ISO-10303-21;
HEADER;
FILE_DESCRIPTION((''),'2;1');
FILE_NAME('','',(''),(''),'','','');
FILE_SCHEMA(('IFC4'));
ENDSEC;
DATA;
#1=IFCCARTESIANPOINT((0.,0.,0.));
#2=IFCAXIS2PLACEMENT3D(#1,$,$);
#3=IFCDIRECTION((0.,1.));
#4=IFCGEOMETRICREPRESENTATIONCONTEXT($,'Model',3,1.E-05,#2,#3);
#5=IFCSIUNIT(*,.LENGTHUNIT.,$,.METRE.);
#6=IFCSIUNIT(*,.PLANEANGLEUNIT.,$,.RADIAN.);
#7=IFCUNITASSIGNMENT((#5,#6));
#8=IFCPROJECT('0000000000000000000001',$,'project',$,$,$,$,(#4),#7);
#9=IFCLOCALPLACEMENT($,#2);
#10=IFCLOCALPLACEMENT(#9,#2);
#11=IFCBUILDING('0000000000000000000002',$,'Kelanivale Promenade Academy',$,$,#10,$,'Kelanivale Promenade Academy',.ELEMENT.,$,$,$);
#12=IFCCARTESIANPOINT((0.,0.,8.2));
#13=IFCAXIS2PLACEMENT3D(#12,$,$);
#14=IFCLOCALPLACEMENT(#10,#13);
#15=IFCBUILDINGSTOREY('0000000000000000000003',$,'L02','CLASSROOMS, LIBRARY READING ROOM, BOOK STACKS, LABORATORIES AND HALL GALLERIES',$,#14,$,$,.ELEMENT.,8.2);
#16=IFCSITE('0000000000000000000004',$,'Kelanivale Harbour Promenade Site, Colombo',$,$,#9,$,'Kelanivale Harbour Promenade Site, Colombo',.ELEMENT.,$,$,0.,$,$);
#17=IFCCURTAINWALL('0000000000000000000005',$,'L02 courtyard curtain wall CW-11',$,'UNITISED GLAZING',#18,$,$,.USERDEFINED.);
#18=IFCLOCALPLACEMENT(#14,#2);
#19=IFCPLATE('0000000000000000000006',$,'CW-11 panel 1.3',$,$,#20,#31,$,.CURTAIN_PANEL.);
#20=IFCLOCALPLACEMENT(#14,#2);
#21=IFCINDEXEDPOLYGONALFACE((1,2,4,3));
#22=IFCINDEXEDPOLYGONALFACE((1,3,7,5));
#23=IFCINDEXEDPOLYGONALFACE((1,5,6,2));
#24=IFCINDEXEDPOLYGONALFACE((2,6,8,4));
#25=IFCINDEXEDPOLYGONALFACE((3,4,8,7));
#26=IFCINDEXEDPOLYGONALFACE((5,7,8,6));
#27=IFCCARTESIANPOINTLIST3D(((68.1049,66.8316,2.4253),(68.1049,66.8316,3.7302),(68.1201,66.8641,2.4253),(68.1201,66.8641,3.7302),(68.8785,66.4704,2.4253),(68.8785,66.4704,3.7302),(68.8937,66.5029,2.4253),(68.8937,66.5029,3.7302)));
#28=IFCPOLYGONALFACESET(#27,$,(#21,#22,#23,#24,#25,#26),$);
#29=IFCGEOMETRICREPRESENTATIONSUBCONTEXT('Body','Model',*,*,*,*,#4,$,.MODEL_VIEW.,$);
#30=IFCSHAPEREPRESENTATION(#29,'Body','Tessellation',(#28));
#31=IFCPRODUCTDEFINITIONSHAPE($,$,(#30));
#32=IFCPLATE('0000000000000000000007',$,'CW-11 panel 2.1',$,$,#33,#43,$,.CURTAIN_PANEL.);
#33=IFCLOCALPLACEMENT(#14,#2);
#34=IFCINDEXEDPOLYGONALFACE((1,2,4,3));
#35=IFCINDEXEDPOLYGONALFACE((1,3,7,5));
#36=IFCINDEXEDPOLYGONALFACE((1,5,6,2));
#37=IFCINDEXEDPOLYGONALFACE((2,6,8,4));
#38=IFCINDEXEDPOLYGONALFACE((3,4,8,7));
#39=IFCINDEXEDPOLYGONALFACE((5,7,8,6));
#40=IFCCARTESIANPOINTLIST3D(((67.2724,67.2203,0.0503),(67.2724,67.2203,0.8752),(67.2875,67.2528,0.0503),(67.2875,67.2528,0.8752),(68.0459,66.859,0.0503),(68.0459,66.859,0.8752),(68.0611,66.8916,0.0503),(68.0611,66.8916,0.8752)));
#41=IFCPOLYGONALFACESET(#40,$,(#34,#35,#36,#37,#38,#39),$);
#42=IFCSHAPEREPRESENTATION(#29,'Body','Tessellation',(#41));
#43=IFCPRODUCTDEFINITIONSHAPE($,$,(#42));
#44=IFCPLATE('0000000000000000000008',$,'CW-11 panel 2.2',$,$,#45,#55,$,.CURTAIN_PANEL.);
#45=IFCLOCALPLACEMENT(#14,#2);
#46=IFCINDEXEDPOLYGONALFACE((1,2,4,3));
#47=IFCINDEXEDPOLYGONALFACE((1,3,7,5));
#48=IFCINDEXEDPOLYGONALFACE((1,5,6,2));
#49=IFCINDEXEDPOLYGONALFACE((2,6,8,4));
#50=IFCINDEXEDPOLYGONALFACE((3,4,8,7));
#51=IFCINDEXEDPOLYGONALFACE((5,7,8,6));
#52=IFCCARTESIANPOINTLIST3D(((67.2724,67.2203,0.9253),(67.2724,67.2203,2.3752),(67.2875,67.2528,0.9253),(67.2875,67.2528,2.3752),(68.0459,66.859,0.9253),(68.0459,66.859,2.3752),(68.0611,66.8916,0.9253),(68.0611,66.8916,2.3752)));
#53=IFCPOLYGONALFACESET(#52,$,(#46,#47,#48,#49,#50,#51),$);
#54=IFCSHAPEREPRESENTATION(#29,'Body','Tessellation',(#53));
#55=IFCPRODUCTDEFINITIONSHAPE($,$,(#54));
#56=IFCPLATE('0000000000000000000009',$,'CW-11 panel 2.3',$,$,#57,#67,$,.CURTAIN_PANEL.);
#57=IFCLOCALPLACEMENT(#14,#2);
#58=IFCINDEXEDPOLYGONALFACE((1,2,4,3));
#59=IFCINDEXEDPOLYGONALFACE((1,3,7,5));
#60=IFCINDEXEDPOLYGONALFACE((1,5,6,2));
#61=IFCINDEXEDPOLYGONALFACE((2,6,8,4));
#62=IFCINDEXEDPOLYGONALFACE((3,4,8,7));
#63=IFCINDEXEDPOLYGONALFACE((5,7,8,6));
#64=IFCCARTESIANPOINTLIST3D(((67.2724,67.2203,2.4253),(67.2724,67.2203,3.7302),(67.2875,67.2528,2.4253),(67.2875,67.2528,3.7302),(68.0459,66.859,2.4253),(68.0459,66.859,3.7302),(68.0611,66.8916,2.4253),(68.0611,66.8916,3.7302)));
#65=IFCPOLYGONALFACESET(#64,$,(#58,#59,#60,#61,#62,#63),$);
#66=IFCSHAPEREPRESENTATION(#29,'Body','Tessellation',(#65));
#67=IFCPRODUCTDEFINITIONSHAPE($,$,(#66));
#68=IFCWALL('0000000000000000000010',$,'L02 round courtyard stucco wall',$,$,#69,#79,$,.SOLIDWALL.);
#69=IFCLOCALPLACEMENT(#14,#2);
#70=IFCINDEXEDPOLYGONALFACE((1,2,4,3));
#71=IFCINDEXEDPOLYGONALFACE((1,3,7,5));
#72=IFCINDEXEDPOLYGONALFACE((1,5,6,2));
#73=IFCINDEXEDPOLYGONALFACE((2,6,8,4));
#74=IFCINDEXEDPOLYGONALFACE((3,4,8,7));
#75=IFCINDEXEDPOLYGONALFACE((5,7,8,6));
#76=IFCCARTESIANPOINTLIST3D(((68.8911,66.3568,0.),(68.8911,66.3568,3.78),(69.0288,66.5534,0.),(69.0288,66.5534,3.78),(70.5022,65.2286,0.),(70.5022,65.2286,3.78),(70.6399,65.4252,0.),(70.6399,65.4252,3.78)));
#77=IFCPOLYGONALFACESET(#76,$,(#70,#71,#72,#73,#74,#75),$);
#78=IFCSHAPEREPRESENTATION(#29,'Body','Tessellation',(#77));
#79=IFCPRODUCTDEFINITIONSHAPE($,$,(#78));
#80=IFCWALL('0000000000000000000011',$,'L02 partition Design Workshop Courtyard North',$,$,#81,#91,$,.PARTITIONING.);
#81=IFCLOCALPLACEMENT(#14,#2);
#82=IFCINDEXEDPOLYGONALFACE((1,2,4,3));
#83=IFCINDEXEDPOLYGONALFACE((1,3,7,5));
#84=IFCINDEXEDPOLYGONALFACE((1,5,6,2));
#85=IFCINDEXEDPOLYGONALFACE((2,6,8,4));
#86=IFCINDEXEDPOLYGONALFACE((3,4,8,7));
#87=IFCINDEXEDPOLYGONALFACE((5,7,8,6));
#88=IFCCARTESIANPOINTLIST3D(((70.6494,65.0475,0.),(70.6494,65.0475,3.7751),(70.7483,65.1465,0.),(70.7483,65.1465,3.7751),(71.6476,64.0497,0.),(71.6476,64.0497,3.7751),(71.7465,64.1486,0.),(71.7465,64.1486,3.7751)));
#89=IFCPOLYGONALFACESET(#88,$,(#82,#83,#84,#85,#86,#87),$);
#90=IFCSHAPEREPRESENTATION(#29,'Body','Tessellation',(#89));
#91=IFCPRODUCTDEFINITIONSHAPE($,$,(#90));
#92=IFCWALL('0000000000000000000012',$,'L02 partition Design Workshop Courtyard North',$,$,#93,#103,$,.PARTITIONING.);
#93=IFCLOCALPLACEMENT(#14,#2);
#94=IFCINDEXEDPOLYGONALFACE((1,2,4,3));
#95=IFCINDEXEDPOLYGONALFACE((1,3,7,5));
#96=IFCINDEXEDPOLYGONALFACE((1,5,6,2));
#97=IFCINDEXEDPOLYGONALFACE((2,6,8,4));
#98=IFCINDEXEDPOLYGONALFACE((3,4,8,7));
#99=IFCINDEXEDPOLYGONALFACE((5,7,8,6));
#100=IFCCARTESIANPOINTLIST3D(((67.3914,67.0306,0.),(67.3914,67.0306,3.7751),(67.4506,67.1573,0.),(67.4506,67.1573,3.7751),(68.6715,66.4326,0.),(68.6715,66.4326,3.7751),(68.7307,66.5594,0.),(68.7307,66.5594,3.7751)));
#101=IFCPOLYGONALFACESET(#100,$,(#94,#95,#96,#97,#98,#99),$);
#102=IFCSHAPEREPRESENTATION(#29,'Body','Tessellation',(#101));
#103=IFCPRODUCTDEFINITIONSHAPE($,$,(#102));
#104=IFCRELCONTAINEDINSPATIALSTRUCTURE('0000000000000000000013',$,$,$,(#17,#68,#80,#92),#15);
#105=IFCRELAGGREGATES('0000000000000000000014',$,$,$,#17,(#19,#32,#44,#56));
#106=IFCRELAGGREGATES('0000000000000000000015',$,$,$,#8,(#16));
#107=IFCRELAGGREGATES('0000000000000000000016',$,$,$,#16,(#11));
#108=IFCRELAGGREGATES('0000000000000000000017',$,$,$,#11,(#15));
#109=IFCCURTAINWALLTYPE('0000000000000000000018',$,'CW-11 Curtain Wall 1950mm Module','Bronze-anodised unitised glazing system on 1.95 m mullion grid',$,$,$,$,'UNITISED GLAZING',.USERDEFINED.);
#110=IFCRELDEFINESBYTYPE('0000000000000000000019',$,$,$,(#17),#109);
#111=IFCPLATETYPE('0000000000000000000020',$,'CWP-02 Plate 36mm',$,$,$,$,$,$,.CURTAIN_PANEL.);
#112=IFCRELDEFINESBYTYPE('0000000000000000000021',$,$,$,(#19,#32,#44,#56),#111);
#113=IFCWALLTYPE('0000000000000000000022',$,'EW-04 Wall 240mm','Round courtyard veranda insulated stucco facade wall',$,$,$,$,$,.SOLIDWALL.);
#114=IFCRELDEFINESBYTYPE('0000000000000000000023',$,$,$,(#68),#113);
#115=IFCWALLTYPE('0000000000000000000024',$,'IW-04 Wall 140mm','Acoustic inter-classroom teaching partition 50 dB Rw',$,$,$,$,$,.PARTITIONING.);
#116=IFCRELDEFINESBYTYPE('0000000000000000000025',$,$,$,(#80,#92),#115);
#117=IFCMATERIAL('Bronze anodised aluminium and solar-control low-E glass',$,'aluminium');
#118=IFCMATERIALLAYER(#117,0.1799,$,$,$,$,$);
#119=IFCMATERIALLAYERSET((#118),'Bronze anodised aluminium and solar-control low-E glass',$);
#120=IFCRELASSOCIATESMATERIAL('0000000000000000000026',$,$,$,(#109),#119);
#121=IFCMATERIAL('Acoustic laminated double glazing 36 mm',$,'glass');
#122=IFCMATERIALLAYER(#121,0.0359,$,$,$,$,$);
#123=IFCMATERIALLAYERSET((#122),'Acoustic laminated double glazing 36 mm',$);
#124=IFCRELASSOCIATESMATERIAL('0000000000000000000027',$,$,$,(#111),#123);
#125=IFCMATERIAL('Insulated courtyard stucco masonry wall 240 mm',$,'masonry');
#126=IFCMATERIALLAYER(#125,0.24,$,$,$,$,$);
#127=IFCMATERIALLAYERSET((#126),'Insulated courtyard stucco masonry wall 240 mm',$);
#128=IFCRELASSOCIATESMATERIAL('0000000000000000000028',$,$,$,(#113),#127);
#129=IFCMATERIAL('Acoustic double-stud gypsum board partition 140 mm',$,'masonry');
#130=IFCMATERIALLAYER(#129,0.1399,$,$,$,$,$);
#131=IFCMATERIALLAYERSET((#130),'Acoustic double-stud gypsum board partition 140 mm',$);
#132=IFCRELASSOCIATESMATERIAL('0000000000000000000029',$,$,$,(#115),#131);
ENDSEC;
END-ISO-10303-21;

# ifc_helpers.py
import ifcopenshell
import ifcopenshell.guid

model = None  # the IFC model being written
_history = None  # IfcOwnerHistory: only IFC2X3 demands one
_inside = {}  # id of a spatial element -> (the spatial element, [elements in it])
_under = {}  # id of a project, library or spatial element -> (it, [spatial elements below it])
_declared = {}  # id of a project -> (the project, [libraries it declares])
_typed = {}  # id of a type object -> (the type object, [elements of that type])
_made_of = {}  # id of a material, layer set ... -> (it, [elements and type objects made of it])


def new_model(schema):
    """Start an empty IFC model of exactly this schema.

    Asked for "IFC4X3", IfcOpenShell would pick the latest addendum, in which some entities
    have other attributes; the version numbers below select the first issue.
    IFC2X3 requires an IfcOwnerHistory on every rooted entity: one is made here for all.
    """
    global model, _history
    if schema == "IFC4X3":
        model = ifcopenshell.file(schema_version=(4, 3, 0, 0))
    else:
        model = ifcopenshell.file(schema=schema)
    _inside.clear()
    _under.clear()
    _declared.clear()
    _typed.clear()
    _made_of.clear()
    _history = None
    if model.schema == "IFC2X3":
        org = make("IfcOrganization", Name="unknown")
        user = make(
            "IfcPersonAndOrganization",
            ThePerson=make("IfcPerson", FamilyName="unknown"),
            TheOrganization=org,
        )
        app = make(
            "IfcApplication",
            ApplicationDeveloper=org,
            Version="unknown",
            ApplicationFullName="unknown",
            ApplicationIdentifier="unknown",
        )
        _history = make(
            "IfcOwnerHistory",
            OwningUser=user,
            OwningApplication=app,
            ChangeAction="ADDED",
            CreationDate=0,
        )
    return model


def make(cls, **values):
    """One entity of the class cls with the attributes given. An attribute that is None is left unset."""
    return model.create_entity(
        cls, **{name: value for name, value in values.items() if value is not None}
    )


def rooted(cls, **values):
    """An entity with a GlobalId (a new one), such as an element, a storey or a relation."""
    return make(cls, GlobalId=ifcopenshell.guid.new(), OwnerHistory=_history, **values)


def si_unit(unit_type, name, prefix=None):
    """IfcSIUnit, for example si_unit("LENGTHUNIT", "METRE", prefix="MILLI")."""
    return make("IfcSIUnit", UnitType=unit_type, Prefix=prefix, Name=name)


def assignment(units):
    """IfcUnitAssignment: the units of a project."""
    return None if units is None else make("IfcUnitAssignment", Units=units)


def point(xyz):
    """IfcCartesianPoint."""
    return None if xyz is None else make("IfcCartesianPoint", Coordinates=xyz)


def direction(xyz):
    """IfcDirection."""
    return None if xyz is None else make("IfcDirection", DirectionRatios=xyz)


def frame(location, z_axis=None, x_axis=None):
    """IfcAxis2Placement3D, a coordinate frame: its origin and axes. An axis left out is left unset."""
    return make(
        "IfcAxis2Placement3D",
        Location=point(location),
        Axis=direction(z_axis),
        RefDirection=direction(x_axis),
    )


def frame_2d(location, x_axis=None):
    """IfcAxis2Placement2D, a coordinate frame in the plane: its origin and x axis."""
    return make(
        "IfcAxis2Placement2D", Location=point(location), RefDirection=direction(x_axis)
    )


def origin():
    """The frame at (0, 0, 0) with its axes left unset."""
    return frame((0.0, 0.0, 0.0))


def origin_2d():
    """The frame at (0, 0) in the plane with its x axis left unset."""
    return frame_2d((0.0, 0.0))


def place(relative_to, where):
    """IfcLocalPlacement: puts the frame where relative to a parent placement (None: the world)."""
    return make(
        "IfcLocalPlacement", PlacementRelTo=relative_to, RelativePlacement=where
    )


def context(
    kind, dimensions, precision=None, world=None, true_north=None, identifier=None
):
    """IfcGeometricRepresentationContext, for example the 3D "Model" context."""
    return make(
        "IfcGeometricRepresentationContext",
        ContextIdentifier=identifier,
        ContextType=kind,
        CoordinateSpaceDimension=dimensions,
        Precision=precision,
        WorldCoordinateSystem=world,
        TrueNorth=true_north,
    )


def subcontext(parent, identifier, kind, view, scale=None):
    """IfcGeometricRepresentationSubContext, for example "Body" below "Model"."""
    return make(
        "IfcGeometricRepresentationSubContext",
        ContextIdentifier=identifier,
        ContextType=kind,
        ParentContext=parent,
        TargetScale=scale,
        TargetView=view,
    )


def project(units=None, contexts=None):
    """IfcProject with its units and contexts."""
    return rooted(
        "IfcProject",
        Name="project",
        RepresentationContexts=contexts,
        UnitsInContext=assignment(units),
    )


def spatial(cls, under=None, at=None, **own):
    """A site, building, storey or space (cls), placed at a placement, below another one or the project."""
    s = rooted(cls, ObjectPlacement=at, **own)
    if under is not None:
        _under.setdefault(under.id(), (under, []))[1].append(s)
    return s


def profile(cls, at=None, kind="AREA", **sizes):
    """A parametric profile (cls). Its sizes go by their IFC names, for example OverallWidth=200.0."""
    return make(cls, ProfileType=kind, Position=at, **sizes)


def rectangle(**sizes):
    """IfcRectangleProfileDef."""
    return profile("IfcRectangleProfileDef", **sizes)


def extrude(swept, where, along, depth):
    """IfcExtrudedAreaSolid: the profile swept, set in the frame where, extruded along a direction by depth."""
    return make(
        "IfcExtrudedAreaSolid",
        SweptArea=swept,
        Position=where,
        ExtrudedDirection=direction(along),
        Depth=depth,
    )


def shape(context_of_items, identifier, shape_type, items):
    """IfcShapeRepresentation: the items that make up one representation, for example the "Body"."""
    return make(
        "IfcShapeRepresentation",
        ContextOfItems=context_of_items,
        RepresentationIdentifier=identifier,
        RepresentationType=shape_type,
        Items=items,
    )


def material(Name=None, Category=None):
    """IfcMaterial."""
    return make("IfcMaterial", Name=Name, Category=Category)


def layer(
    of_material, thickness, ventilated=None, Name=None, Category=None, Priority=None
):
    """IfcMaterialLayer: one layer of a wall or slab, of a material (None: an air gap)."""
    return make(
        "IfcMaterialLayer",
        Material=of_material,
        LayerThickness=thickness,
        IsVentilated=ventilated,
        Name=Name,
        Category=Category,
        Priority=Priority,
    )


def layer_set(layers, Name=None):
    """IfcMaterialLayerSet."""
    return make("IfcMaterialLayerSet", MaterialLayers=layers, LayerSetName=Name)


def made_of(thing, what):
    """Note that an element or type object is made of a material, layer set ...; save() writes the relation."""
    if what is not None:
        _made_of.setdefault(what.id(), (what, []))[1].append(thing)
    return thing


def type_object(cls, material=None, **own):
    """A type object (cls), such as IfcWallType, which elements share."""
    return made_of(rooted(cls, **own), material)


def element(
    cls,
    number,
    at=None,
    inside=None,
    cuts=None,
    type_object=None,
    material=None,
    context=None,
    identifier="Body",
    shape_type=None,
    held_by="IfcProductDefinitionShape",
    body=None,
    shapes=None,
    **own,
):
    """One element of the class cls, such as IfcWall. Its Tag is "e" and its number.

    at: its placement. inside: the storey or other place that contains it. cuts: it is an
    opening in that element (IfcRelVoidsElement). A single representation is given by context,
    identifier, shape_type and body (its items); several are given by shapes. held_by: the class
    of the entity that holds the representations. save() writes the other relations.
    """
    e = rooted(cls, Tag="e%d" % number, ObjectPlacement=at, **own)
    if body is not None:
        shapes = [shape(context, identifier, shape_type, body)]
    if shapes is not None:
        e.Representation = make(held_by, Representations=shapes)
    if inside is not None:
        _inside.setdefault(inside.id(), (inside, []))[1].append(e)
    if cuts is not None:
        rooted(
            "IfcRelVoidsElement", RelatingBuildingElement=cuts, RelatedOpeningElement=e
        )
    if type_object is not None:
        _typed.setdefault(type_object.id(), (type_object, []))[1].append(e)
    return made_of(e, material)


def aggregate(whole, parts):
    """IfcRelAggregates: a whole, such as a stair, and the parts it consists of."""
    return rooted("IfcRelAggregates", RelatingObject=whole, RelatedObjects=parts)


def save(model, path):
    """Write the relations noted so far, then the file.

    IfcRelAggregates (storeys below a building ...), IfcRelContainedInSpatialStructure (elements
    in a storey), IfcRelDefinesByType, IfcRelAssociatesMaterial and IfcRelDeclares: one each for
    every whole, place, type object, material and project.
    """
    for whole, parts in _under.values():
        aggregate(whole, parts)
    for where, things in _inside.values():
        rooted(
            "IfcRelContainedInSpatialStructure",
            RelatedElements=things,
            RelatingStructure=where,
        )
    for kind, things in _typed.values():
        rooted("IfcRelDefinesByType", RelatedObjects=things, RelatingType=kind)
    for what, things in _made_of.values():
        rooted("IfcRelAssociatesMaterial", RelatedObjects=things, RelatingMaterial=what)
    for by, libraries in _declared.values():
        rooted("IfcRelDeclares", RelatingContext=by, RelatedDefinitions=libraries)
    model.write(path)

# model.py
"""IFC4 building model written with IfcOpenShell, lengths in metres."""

from ifc_helpers import new_model, si_unit, direction, frame, frame_2d, origin, origin_2d, place, context, subcontext, project, spatial, rectangle, extrude, material, layer, layer_set, type_object, element, aggregate, save


model = new_model("IFC4")

# Units and contexts
model_context = context("Model", 3, precision=1e-05, world=origin(), true_north=direction((0.0, 1.0)))
body_context = subcontext(model_context, "Body", "Model", "MODEL_VIEW")
ifc_project = project(units=[si_unit("LENGTHUNIT", "METRE"), si_unit("PLANEANGLEUNIT", "RADIAN")], contexts=[model_context])

# Site, building, storey
site_placement = place(None, origin())
site = spatial("IfcSite", under=ifc_project, at=site_placement, Name="Kelanivale Harbour Promenade Site, Colombo", LongName="Kelanivale Harbour Promenade Site, Colombo", CompositionType="ELEMENT", RefElevation=0.0)
building_placement = place(site_placement, origin())
building = spatial("IfcBuilding", under=site, at=building_placement, Name="Kelanivale Promenade Academy", LongName="Kelanivale Promenade Academy", CompositionType="ELEMENT")
storey_placement = place(building_placement, frame((0.0, 0.0, 8.2)))
storey = spatial("IfcBuildingStorey", under=building, at=storey_placement, Name="L02", Description="CLASSROOMS, LIBRARY READING ROOM, BOOK STACKS, LABORATORIES AND HALL GALLERIES", CompositionType="ELEMENT", Elevation=8.2)

# Curtain wall
ifc_material_1 = material(Name="Bronze anodised aluminium and solar-control low-E glass", Category="aluminium")
ifc_layer_1 = layer(ifc_material_1, 0.1799)
ifc_layer_set_1 = layer_set([ifc_layer_1], Name="Bronze anodised aluminium and solar-control low-E glass")
curtain_wall_type_1 = type_object("IfcCurtainWallType", Name="CW-11 Curtain Wall 1950mm Module", Description="Bronze-anodised unitised glazing system on 1.95 m mullion grid", ElementType="UNITISED GLAZING", PredefinedType="USERDEFINED", material=ifc_layer_set_1)
curtain_wall_1_placement = place(storey_placement, origin())
curtain_wall_1 = element("IfcCurtainWall", 1, at=curtain_wall_1_placement, inside=storey, type_object=curtain_wall_type_1, Name="L02 courtyard curtain wall CW-11", ObjectType="UNITISED GLAZING", PredefinedType="USERDEFINED")

# Plates
ifc_material_2 = material(Name="Acoustic laminated double glazing 36 mm", Category="glass")
ifc_layer_2 = layer(ifc_material_2, 0.0359)
ifc_layer_set_2 = layer_set([ifc_layer_2], Name="Acoustic laminated double glazing 36 mm")
plate_type_1 = type_object("IfcPlateType", Name="CWP-02 Plate 36mm", PredefinedType="CURTAIN_PANEL", material=ifc_layer_set_2)
plate_1_placement = place(storey_placement, frame((68.4993, 66.6672, 2.4253), z_axis=(0.0, 0.0, 1.0), x_axis=(-0.906089, 0.423087, 0.0)))
plate_1 = element("IfcPlate", 2, at=plate_1_placement, type_object=plate_type_1, Name="CW-11 panel 1.3", PredefinedType="CURTAIN_PANEL", context=body_context, shape_type="SweptSolid", body=[
    extrude(rectangle(XDim=0.8538, YDim=0.0359, at=origin_2d()), origin(), (0.0, 0.0, 1.0), 1.3049),
])
plate_2_placement = place(storey_placement, frame((67.6667, 67.0559, 0.0503), z_axis=(0.0, 0.0, 1.0), x_axis=(-0.906089, 0.423087, 0.0)))
plate_2 = element("IfcPlate", 3, at=plate_2_placement, type_object=plate_type_1, Name="CW-11 panel 2.1", PredefinedType="CURTAIN_PANEL", context=body_context, shape_type="SweptSolid", body=[
    extrude(rectangle(XDim=0.8538, YDim=0.0359, at=origin_2d()), origin(), (0.0, 0.0, 1.0), 0.825),
])
plate_3_placement = place(storey_placement, frame((67.6667, 67.0559, 0.9253), z_axis=(0.0, 0.0, 1.0), x_axis=(-0.906089, 0.423087, 0.0)))
plate_3 = element("IfcPlate", 4, at=plate_3_placement, type_object=plate_type_1, Name="CW-11 panel 2.2", PredefinedType="CURTAIN_PANEL", context=body_context, shape_type="SweptSolid", body=[
    extrude(rectangle(XDim=0.8538, YDim=0.0359, at=origin_2d()), origin(), (0.0, 0.0, 1.0), 1.45),
])
plate_4_placement = place(storey_placement, frame((67.6667, 67.0559, 2.4253), z_axis=(0.0, 0.0, 1.0), x_axis=(-0.906089, 0.423087, 0.0)))
plate_4 = element("IfcPlate", 5, at=plate_4_placement, type_object=plate_type_1, Name="CW-11 panel 2.3", PredefinedType="CURTAIN_PANEL", context=body_context, shape_type="SweptSolid", body=[
    extrude(rectangle(XDim=0.8538, YDim=0.0359, at=origin_2d()), origin(), (0.0, 0.0, 1.0), 1.3049),
])
aggregate(curtain_wall_1, [plate_1, plate_2, plate_3, plate_4])

# Walls
ifc_material_3 = material(Name="Insulated courtyard stucco masonry wall 240 mm", Category="masonry")
ifc_layer_3 = layer(ifc_material_3, 0.24)
ifc_layer_set_3 = layer_set([ifc_layer_3], Name="Insulated courtyard stucco masonry wall 240 mm")
wall_type_1 = type_object("IfcWallType", Name="EW-04 Wall 240mm", Description="Round courtyard veranda insulated stucco facade wall", PredefinedType="SOLIDWALL", material=ifc_layer_set_3)
wall_1_placement = place(storey_placement, frame((70.571, 65.3269, 0.0), z_axis=(0.0, 0.0, 1.0), x_axis=(-0.819133, 0.573604, 0.0)))
element("IfcWall", 6, at=wall_1_placement, inside=storey, type_object=wall_type_1, Name="L02 round courtyard stucco wall", PredefinedType="SOLIDWALL", context=body_context, shape_type="SweptSolid", body=[
    extrude(rectangle(XDim=1.9668, YDim=0.24, at=frame_2d((0.9834, 0.0))), origin(), (0.0, 0.0, 1.0), 3.78),
])
ifc_material_4 = material(Name="Acoustic double-stud gypsum board partition 140 mm", Category="masonry")
ifc_layer_4 = layer(ifc_material_4, 0.1399)
ifc_layer_set_4 = layer_set([ifc_layer_4], Name="Acoustic double-stud gypsum board partition 140 mm")
wall_type_2 = type_object("IfcWallType", Name="IW-04 Wall 140mm", Description="Acoustic inter-classroom teaching partition 50 dB Rw", PredefinedType="PARTITIONING", material=ifc_layer_set_4)
wall_2_placement = place(storey_placement, frame((70.699, 65.0969, 0.0), z_axis=(0.0, 0.0, 1.0), x_axis=(0.707193, -0.70702, 0.0)))
element("IfcWall", 7, at=wall_2_placement, inside=storey, type_object=wall_type_2, Name="L02 partition Design Workshop Courtyard North", PredefinedType="PARTITIONING", context=body_context, shape_type="SweptSolid", body=[
    extrude(rectangle(XDim=1.4114, YDim=0.1399, at=frame_2d((0.7056, 0.0))), origin(), (0.0, 0.0, 1.0), 3.7751),
])
wall_3_placement = place(storey_placement, frame((67.4209, 67.094, 0.0), z_axis=(0.0, 0.0, 1.0), x_axis=(0.906033, -0.423207, 0.0)))
element("IfcWall", 8, at=wall_3_placement, inside=storey, type_object=wall_type_2, Name="L02 partition Design Workshop Courtyard North", PredefinedType="PARTITIONING", context=body_context, shape_type="SweptSolid", body=[
    extrude(rectangle(XDim=1.4128, YDim=0.1399, at=frame_2d((0.7065, 0.0))), origin(), (0.0, 0.0, 1.0), 3.7751),
])

save(model, "model.ifc")
